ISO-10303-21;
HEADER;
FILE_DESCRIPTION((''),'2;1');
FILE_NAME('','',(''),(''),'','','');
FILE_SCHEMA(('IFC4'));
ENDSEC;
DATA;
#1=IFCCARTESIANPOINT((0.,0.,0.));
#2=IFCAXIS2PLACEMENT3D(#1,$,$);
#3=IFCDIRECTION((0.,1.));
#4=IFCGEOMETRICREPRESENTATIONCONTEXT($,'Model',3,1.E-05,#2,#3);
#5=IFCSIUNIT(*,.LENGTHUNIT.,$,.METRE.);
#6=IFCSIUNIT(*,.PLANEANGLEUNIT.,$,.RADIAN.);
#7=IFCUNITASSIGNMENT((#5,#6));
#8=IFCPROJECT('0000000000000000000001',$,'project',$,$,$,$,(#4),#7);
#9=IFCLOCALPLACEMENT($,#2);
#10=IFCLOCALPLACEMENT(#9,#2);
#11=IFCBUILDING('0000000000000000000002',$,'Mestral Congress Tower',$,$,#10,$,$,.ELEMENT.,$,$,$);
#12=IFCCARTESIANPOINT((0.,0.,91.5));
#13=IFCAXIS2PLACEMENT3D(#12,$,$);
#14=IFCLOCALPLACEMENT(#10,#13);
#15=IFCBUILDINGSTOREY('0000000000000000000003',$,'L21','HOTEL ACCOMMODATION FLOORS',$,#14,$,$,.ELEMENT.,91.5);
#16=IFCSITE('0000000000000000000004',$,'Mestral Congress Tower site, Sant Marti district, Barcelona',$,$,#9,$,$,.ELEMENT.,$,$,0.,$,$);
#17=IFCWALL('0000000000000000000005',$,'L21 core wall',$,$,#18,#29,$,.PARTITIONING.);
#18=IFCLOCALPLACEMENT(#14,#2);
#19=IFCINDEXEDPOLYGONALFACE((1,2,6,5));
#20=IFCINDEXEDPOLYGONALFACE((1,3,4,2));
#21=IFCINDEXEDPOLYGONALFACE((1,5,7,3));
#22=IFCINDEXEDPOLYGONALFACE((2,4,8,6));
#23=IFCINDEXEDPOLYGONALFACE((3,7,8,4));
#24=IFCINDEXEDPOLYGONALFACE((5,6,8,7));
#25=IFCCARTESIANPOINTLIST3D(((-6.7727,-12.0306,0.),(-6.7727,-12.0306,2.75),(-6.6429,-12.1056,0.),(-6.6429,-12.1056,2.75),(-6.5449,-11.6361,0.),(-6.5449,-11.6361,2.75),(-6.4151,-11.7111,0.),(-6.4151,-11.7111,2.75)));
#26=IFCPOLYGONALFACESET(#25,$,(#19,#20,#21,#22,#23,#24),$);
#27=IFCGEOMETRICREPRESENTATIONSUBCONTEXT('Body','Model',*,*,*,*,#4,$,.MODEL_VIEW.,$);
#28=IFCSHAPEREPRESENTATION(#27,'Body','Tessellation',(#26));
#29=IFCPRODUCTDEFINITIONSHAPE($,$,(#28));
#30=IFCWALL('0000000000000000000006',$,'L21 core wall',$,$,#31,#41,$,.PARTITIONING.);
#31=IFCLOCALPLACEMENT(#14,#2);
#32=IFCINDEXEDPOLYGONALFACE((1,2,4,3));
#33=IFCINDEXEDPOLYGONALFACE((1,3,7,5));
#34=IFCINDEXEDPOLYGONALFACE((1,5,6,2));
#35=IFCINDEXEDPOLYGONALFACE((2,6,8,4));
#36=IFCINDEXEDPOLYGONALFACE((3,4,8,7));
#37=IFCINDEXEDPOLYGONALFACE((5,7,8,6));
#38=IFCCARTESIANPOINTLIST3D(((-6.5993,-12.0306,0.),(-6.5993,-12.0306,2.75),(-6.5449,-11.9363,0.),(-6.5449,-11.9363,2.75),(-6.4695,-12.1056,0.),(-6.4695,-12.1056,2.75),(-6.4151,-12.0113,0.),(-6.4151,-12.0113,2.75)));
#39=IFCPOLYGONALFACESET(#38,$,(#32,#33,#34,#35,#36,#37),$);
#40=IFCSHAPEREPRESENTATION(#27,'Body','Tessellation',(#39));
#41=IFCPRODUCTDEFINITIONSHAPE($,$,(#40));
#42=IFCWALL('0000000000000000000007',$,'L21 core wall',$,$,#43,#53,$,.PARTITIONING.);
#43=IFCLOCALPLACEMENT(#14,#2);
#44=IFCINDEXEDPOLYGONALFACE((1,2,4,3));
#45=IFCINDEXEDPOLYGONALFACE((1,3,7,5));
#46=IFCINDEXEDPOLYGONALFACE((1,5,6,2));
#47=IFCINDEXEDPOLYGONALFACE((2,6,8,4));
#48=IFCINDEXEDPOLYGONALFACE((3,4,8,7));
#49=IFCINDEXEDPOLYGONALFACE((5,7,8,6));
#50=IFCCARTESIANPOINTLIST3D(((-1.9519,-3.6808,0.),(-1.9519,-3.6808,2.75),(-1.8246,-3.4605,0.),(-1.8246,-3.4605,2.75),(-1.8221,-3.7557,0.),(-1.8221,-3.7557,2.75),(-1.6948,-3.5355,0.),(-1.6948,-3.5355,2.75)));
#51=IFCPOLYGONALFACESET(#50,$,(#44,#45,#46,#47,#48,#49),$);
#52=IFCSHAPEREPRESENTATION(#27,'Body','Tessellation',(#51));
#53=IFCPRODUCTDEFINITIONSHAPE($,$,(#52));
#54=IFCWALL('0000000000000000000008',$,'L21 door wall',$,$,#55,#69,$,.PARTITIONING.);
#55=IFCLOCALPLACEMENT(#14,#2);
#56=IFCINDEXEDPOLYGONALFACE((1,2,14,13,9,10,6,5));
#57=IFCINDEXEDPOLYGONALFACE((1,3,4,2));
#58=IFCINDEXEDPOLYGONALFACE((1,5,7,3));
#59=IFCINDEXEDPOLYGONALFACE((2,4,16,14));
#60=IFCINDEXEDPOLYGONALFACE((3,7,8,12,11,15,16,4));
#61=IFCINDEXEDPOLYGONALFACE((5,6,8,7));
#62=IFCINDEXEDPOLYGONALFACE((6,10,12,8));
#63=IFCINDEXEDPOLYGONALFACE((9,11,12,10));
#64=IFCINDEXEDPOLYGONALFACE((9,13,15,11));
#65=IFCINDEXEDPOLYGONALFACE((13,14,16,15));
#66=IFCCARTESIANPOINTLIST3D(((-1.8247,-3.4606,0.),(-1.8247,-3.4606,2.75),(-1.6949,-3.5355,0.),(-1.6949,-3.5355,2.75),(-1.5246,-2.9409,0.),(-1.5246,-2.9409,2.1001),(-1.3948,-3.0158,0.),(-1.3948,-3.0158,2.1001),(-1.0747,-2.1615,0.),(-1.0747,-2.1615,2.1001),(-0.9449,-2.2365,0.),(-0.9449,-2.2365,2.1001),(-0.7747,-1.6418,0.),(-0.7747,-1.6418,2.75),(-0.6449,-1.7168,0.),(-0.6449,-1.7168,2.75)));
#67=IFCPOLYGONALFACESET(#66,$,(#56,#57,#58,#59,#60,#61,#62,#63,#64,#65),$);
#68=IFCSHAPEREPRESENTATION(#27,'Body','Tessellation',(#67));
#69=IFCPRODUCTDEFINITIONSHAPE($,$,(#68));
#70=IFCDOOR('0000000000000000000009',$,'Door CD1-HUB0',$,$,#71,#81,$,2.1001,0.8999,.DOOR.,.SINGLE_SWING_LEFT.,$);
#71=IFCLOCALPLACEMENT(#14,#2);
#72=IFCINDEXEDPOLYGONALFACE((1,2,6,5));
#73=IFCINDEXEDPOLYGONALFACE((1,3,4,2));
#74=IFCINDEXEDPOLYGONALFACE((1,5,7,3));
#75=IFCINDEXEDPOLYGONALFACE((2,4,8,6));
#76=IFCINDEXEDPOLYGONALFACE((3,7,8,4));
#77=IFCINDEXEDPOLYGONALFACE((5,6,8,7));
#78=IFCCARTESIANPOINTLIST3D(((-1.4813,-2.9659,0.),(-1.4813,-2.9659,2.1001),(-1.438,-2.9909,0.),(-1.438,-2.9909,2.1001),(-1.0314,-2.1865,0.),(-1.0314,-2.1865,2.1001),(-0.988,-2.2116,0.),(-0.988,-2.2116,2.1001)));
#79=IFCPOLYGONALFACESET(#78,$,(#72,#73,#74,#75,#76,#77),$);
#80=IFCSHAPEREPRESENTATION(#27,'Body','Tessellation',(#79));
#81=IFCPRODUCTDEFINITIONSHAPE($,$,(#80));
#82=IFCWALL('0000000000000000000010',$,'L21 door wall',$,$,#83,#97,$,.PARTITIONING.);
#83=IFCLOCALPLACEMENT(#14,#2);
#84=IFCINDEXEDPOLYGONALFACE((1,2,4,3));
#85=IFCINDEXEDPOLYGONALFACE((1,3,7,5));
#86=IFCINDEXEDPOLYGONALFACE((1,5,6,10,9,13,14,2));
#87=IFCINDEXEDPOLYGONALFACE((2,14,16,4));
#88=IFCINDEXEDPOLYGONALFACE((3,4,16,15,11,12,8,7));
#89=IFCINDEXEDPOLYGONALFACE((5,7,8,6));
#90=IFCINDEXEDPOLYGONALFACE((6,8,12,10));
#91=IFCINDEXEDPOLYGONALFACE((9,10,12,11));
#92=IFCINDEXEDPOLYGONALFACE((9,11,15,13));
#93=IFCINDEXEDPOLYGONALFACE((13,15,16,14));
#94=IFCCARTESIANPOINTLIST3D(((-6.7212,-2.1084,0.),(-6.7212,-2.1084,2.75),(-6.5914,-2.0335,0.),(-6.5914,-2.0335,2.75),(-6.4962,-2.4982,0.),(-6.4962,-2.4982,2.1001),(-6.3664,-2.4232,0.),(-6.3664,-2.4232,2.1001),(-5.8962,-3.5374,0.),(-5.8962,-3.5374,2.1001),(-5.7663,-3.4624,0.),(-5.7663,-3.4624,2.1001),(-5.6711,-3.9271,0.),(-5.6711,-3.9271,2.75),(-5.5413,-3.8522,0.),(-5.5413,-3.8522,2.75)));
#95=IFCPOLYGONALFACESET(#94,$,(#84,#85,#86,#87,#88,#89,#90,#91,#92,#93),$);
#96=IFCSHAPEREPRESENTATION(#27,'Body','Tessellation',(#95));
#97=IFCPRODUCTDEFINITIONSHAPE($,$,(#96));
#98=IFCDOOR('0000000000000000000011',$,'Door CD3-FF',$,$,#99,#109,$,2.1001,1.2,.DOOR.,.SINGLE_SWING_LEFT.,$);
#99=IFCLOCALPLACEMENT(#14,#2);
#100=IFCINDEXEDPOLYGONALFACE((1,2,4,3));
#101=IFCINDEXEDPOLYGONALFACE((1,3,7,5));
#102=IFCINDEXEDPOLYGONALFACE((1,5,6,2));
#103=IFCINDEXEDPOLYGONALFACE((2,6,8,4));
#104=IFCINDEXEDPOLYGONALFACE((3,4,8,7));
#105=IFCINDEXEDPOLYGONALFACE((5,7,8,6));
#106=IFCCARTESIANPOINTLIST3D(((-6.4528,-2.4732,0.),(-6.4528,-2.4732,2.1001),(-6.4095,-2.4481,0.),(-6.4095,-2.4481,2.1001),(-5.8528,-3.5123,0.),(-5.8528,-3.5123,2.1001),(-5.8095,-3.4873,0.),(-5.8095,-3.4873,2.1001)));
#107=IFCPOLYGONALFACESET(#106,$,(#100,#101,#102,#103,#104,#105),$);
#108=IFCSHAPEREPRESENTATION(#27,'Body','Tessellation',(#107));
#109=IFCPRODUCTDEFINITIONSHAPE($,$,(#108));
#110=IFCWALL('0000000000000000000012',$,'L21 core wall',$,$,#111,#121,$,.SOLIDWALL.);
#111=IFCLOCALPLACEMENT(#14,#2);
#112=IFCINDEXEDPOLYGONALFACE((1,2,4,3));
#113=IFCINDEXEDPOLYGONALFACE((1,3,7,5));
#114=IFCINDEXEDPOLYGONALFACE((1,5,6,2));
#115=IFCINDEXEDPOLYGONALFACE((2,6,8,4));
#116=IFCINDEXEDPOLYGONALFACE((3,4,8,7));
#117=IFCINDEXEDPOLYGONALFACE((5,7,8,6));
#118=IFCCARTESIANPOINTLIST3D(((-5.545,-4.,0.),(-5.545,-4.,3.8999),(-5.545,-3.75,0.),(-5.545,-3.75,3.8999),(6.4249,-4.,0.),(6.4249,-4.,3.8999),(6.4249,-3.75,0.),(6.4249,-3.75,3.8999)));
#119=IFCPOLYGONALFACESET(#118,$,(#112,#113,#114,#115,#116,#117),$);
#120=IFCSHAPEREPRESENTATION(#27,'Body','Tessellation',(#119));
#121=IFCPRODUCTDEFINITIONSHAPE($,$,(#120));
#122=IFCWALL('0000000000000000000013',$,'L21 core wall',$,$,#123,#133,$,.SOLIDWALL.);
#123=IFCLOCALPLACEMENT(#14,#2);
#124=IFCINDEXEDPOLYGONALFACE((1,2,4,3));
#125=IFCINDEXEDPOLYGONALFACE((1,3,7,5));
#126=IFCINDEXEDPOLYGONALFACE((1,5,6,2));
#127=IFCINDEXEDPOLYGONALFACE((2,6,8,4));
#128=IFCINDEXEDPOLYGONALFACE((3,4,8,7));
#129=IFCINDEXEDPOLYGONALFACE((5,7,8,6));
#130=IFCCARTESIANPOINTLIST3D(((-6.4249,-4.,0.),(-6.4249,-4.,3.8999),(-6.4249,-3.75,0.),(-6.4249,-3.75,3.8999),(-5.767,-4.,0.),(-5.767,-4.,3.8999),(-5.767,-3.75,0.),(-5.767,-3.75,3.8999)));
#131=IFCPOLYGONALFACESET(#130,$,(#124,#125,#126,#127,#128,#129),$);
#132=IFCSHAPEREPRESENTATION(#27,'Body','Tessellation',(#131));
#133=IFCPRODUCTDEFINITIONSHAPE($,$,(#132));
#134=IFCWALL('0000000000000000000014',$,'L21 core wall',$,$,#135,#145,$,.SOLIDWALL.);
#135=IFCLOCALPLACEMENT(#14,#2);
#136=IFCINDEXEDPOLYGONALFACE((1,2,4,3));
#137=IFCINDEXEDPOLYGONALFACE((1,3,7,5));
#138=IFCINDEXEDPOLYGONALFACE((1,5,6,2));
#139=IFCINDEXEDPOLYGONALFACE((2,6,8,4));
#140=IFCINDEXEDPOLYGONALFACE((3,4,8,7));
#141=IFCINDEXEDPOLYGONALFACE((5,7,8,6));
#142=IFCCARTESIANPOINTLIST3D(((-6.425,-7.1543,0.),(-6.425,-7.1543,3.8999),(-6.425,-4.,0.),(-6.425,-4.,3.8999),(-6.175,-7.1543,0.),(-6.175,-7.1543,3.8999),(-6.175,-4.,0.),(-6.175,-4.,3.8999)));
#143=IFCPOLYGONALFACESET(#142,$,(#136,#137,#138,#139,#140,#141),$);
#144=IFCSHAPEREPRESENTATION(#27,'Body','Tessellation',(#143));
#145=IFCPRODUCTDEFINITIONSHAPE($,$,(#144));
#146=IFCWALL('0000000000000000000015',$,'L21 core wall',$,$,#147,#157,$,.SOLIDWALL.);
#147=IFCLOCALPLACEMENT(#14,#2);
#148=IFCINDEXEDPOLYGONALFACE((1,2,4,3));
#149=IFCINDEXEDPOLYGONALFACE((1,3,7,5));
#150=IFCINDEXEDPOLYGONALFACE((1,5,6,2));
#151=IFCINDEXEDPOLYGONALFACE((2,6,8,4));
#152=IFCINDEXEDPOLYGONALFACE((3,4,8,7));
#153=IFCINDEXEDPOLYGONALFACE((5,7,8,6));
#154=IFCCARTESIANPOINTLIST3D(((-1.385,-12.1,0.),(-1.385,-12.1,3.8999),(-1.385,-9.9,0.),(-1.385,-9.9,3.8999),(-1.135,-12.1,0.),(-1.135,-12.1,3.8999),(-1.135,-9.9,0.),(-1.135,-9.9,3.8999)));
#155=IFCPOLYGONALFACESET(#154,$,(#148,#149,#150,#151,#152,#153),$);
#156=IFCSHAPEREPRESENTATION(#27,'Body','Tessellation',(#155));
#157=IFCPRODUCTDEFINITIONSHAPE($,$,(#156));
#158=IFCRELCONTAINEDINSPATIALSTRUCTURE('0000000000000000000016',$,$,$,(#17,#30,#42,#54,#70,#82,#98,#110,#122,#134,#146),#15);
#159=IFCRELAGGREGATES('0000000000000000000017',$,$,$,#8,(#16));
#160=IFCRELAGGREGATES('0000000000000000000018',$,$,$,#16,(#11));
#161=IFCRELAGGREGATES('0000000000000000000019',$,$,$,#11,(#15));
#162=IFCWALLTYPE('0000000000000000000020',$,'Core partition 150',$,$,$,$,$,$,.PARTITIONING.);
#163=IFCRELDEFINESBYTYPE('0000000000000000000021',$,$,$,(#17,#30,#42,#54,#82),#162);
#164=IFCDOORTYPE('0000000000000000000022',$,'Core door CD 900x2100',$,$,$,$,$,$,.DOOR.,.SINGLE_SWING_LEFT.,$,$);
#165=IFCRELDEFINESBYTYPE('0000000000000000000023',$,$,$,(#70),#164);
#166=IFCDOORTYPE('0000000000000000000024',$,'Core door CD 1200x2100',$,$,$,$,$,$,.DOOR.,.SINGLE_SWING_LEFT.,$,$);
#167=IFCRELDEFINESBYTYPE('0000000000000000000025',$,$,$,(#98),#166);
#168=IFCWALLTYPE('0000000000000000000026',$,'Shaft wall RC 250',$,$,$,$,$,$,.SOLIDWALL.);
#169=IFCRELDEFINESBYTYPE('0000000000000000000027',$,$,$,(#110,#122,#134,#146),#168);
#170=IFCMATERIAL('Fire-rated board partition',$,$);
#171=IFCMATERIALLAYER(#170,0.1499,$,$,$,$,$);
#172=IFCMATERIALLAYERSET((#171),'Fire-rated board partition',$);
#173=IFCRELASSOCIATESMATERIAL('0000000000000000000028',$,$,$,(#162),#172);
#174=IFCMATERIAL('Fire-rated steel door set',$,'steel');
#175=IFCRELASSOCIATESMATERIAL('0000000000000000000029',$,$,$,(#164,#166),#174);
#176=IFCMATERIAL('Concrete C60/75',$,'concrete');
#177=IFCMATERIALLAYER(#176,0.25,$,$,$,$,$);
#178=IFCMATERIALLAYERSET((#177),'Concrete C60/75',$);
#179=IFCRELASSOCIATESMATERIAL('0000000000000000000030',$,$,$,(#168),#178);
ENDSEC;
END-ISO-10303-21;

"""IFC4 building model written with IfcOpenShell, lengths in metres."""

from ifc_helpers import new_model, si_unit, direction, frame, frame_2d, origin, place, context, subcontext, project, spatial, rectangle, extrude, material, layer, layer_set, type_object, element, fill, save


model = new_model("IFC4")

# Units and contexts
model_context = context("Model", 3, precision=1e-05, world=origin(), true_north=direction((0.0, 1.0)))
body_context = subcontext(model_context, "Body", "Model", "MODEL_VIEW")
ifc_project = project(units=[si_unit("LENGTHUNIT", "METRE"), si_unit("PLANEANGLEUNIT", "RADIAN")], contexts=[model_context])

# Site, building, storey
site_placement = place(None, origin())
site = spatial("IfcSite", under=ifc_project, at=site_placement, Name="Mestral Congress Tower site, Sant Marti district, Barcelona", CompositionType="ELEMENT", RefElevation=0.0)
building_placement = place(site_placement, origin())
building = spatial("IfcBuilding", under=site, at=building_placement, Name="Mestral Congress Tower", CompositionType="ELEMENT")
storey_placement = place(building_placement, frame((0.0, 0.0, 91.5)))
storey = spatial("IfcBuildingStorey", under=building, at=storey_placement, Name="L21", Description="HOTEL ACCOMMODATION FLOORS", CompositionType="ELEMENT", Elevation=91.5)

# Walls
ifc_material_1 = material(Name="Fire-rated board partition")
ifc_layer_1 = layer(ifc_material_1, 0.1499)
ifc_layer_set_1 = layer_set([ifc_layer_1], Name="Fire-rated board partition")
wall_type_1 = type_object("IfcWallType", Name="Core partition 150", PredefinedType="PARTITIONING", material=ifc_layer_set_1)
wall_1_placement = place(storey_placement, frame((-6.7078, -12.0681, 0.0), z_axis=(0.0, 0.0, 1.0), x_axis=(0.500001, 0.866025, 0.0)))
element("IfcWall", 1, at=wall_1_placement, inside=storey, type_object=wall_type_1, Name="L21 core wall", PredefinedType="PARTITIONING", context=body_context, shape_type="SweptSolid", body=[
    extrude(rectangle(XDim=0.4556, YDim=0.1499, at=frame_2d((0.2278, 0.0))), origin(), (0.0, 0.0, 1.0), 2.75),
])
wall_2_placement = place(storey_placement, frame((-6.5344, -12.0681, 0.0), z_axis=(0.0, 0.0, 1.0), x_axis=(0.50024, 0.865887, 0.0)))
element("IfcWall", 2, at=wall_2_placement, inside=storey, type_object=wall_type_1, Name="L21 core wall", PredefinedType="PARTITIONING", context=body_context, shape_type="SweptSolid", body=[
    extrude(rectangle(XDim=0.1089, YDim=0.1499, at=frame_2d((0.0544, 0.0))), origin(), (0.0, 0.0, 1.0), 2.75),
])
wall_3_placement = place(storey_placement, frame((-1.887, -3.7183, 0.0), z_axis=(0.0, 0.0, 1.0), x_axis=(0.500166, 0.86593, 0.0)))
element("IfcWall", 3, at=wall_3_placement, inside=storey, type_object=wall_type_1, Name="L21 core wall", PredefinedType="PARTITIONING", context=body_context, shape_type="SweptSolid", body=[
    extrude(rectangle(XDim=0.2544, YDim=0.1499, at=frame_2d((0.1272, 0.0))), origin(), (0.0, 0.0, 1.0), 2.75),
])

# Walls, openings, doors
wall_4_placement = place(storey_placement, frame((-1.7598, -3.498, 0.0), z_axis=(0.0, 0.0, 1.0), x_axis=(0.499977, 0.866038, 0.0)))
wall_4 = element("IfcWall", 4, at=wall_4_placement, inside=storey, type_object=wall_type_1, Name="L21 door wall", PredefinedType="PARTITIONING", context=body_context, shape_type="SweptSolid", body=[
    extrude(rectangle(XDim=2.1001, YDim=0.1499, at=frame_2d((1.05, 0.0))), origin(), (0.0, 0.0, 1.0), 2.75),
])
opening_1_placement = place(wall_4_placement, frame((0.6001, 0.0, 0.0)))
opening_1 = element("IfcOpeningElement", 5, at=opening_1_placement, cuts=wall_4, PredefinedType="OPENING", context=body_context, shape_type="SweptSolid", body=[
    extrude(rectangle(XDim=0.8999, YDim=2.1001, at=frame_2d((0.45, 1.05))), frame((0.0, 0.085, 0.0), z_axis=(0.0, -1.0, 0.0), x_axis=(1.0, 0.0, 0.0)), (0.0, 0.0, 1.0), 0.1699),
])
ifc_material_2 = material(Name="Fire-rated steel door set", Category="steel")
door_type_1 = type_object("IfcDoorType", Name="Core door CD 900x2100", OperationType="SINGLE_SWING_LEFT", PredefinedType="DOOR", material=ifc_material_2)
door_1_placement = place(opening_1_placement, origin())
door_1 = element("IfcDoor", 6, at=door_1_placement, inside=storey, type_object=door_type_1, Name="Door CD1-HUB0", OperationType="SINGLE_SWING_LEFT", OverallHeight=2.1001, OverallWidth=0.8999, PredefinedType="DOOR", context=body_context, shape_type="SweptSolid", body=[
    extrude(rectangle(XDim=0.8999, YDim=2.1001, at=frame_2d((0.45, 1.05))), frame((0.0, 0.0249, 0.0), z_axis=(0.0, -1.0, 0.0), x_axis=(1.0, 0.0, 0.0)), (0.0, 0.0, 1.0), 0.05),
])
fill(opening_1, door_1)
wall_5_placement = place(storey_placement, frame((-5.6062, -3.8896, 0.0), z_axis=(0.0, 0.0, 1.0), x_axis=(-0.500028, 0.866009, 0.0)))
wall_5 = element("IfcWall", 7, at=wall_5_placement, inside=storey, type_object=wall_type_1, Name="L21 door wall", PredefinedType="PARTITIONING", context=body_context, shape_type="SweptSolid", body=[
    extrude(rectangle(XDim=2.1001, YDim=0.1499, at=frame_2d((1.05, 0.0))), origin(), (0.0, 0.0, 1.0), 2.75),
])
opening_2_placement = place(wall_5_placement, frame((0.45, 0.0, 0.0)))
opening_2 = element("IfcOpeningElement", 8, at=opening_2_placement, cuts=wall_5, PredefinedType="OPENING", context=body_context, shape_type="SweptSolid", body=[
    extrude(rectangle(XDim=1.2, YDim=2.1001, at=frame_2d((0.6001, 1.05))), frame((0.0, 0.085, 0.0), z_axis=(0.0, -1.0, 0.0), x_axis=(1.0, 0.0, 0.0)), (0.0, 0.0, 1.0), 0.1699),
])
door_type_2 = type_object("IfcDoorType", Name="Core door CD 1200x2100", OperationType="SINGLE_SWING_LEFT", PredefinedType="DOOR", material=ifc_material_2)
door_2_placement = place(opening_2_placement, origin())
door_2 = element("IfcDoor", 9, at=door_2_placement, inside=storey, type_object=door_type_2, Name="Door CD3-FF", OperationType="SINGLE_SWING_LEFT", OverallHeight=2.1001, OverallWidth=1.2, PredefinedType="DOOR", context=body_context, shape_type="SweptSolid", body=[
    extrude(rectangle(XDim=1.2, YDim=2.1001, at=frame_2d((0.6001, 1.05))), frame((0.0, 0.0249, 0.0), z_axis=(0.0, -1.0, 0.0), x_axis=(1.0, 0.0, 0.0)), (0.0, 0.0, 1.0), 0.05),
])
fill(opening_2, door_2)

# Walls
ifc_material_3 = material(Name="Concrete C60/75", Category="concrete")
ifc_layer_2 = layer(ifc_material_3, 0.25)
ifc_layer_set_2 = layer_set([ifc_layer_2], Name="Concrete C60/75")
wall_type_2 = type_object("IfcWallType", Name="Shaft wall RC 250", PredefinedType="SOLIDWALL", material=ifc_layer_set_2)
wall_6_placement = place(storey_placement, frame((-5.5449, -3.875, 0.0), z_axis=(0.0, 0.0, 1.0), x_axis=(1.0, 0.0, 0.0)))
element("IfcWall", 10, at=wall_6_placement, inside=storey, type_object=wall_type_2, Name="L21 core wall", PredefinedType="SOLIDWALL", context=body_context, shape_type="SweptSolid", body=[
    extrude(rectangle(XDim=11.97, YDim=0.25, at=frame_2d((5.9849, 0.0))), origin(), (0.0, 0.0, 1.0), 3.8999),
])
wall_7_placement = place(storey_placement, frame((-6.425, -3.875, 0.0), z_axis=(0.0, 0.0, 1.0), x_axis=(1.0, 0.0, 0.0)))
element("IfcWall", 11, at=wall_7_placement, inside=storey, type_object=wall_type_2, Name="L21 core wall", PredefinedType="SOLIDWALL", context=body_context, shape_type="SweptSolid", body=[
    extrude(rectangle(XDim=0.658, YDim=0.25, at=frame_2d((0.3291, 0.0))), origin(), (0.0, 0.0, 1.0), 3.8999),
])
wall_8_placement = place(storey_placement, frame((-6.3, -4.0, 0.0), z_axis=(0.0, 0.0, 1.0), x_axis=(0.0, -1.0, 0.0)))
element("IfcWall", 12, at=wall_8_placement, inside=storey, type_object=wall_type_2, Name="L21 core wall", PredefinedType="SOLIDWALL", context=body_context, shape_type="SweptSolid", body=[
    extrude(rectangle(XDim=3.1543, YDim=0.25, at=frame_2d((1.5771, 0.0))), origin(), (0.0, 0.0, 1.0), 3.8999),
])
wall_9_placement = place(storey_placement, frame((-1.26, -12.1001, 0.0), z_axis=(0.0, 0.0, 1.0), x_axis=(0.0, 1.0, 0.0)))
element("IfcWall", 13, at=wall_9_placement, inside=storey, type_object=wall_type_2, Name="L21 core wall", PredefinedType="SOLIDWALL", context=body_context, shape_type="SweptSolid", body=[
    extrude(rectangle(XDim=2.2, YDim=0.25, at=frame_2d((1.1001, 0.0))), origin(), (0.0, 0.0, 1.0), 3.8999),
])

save(model, "model.ifc")
